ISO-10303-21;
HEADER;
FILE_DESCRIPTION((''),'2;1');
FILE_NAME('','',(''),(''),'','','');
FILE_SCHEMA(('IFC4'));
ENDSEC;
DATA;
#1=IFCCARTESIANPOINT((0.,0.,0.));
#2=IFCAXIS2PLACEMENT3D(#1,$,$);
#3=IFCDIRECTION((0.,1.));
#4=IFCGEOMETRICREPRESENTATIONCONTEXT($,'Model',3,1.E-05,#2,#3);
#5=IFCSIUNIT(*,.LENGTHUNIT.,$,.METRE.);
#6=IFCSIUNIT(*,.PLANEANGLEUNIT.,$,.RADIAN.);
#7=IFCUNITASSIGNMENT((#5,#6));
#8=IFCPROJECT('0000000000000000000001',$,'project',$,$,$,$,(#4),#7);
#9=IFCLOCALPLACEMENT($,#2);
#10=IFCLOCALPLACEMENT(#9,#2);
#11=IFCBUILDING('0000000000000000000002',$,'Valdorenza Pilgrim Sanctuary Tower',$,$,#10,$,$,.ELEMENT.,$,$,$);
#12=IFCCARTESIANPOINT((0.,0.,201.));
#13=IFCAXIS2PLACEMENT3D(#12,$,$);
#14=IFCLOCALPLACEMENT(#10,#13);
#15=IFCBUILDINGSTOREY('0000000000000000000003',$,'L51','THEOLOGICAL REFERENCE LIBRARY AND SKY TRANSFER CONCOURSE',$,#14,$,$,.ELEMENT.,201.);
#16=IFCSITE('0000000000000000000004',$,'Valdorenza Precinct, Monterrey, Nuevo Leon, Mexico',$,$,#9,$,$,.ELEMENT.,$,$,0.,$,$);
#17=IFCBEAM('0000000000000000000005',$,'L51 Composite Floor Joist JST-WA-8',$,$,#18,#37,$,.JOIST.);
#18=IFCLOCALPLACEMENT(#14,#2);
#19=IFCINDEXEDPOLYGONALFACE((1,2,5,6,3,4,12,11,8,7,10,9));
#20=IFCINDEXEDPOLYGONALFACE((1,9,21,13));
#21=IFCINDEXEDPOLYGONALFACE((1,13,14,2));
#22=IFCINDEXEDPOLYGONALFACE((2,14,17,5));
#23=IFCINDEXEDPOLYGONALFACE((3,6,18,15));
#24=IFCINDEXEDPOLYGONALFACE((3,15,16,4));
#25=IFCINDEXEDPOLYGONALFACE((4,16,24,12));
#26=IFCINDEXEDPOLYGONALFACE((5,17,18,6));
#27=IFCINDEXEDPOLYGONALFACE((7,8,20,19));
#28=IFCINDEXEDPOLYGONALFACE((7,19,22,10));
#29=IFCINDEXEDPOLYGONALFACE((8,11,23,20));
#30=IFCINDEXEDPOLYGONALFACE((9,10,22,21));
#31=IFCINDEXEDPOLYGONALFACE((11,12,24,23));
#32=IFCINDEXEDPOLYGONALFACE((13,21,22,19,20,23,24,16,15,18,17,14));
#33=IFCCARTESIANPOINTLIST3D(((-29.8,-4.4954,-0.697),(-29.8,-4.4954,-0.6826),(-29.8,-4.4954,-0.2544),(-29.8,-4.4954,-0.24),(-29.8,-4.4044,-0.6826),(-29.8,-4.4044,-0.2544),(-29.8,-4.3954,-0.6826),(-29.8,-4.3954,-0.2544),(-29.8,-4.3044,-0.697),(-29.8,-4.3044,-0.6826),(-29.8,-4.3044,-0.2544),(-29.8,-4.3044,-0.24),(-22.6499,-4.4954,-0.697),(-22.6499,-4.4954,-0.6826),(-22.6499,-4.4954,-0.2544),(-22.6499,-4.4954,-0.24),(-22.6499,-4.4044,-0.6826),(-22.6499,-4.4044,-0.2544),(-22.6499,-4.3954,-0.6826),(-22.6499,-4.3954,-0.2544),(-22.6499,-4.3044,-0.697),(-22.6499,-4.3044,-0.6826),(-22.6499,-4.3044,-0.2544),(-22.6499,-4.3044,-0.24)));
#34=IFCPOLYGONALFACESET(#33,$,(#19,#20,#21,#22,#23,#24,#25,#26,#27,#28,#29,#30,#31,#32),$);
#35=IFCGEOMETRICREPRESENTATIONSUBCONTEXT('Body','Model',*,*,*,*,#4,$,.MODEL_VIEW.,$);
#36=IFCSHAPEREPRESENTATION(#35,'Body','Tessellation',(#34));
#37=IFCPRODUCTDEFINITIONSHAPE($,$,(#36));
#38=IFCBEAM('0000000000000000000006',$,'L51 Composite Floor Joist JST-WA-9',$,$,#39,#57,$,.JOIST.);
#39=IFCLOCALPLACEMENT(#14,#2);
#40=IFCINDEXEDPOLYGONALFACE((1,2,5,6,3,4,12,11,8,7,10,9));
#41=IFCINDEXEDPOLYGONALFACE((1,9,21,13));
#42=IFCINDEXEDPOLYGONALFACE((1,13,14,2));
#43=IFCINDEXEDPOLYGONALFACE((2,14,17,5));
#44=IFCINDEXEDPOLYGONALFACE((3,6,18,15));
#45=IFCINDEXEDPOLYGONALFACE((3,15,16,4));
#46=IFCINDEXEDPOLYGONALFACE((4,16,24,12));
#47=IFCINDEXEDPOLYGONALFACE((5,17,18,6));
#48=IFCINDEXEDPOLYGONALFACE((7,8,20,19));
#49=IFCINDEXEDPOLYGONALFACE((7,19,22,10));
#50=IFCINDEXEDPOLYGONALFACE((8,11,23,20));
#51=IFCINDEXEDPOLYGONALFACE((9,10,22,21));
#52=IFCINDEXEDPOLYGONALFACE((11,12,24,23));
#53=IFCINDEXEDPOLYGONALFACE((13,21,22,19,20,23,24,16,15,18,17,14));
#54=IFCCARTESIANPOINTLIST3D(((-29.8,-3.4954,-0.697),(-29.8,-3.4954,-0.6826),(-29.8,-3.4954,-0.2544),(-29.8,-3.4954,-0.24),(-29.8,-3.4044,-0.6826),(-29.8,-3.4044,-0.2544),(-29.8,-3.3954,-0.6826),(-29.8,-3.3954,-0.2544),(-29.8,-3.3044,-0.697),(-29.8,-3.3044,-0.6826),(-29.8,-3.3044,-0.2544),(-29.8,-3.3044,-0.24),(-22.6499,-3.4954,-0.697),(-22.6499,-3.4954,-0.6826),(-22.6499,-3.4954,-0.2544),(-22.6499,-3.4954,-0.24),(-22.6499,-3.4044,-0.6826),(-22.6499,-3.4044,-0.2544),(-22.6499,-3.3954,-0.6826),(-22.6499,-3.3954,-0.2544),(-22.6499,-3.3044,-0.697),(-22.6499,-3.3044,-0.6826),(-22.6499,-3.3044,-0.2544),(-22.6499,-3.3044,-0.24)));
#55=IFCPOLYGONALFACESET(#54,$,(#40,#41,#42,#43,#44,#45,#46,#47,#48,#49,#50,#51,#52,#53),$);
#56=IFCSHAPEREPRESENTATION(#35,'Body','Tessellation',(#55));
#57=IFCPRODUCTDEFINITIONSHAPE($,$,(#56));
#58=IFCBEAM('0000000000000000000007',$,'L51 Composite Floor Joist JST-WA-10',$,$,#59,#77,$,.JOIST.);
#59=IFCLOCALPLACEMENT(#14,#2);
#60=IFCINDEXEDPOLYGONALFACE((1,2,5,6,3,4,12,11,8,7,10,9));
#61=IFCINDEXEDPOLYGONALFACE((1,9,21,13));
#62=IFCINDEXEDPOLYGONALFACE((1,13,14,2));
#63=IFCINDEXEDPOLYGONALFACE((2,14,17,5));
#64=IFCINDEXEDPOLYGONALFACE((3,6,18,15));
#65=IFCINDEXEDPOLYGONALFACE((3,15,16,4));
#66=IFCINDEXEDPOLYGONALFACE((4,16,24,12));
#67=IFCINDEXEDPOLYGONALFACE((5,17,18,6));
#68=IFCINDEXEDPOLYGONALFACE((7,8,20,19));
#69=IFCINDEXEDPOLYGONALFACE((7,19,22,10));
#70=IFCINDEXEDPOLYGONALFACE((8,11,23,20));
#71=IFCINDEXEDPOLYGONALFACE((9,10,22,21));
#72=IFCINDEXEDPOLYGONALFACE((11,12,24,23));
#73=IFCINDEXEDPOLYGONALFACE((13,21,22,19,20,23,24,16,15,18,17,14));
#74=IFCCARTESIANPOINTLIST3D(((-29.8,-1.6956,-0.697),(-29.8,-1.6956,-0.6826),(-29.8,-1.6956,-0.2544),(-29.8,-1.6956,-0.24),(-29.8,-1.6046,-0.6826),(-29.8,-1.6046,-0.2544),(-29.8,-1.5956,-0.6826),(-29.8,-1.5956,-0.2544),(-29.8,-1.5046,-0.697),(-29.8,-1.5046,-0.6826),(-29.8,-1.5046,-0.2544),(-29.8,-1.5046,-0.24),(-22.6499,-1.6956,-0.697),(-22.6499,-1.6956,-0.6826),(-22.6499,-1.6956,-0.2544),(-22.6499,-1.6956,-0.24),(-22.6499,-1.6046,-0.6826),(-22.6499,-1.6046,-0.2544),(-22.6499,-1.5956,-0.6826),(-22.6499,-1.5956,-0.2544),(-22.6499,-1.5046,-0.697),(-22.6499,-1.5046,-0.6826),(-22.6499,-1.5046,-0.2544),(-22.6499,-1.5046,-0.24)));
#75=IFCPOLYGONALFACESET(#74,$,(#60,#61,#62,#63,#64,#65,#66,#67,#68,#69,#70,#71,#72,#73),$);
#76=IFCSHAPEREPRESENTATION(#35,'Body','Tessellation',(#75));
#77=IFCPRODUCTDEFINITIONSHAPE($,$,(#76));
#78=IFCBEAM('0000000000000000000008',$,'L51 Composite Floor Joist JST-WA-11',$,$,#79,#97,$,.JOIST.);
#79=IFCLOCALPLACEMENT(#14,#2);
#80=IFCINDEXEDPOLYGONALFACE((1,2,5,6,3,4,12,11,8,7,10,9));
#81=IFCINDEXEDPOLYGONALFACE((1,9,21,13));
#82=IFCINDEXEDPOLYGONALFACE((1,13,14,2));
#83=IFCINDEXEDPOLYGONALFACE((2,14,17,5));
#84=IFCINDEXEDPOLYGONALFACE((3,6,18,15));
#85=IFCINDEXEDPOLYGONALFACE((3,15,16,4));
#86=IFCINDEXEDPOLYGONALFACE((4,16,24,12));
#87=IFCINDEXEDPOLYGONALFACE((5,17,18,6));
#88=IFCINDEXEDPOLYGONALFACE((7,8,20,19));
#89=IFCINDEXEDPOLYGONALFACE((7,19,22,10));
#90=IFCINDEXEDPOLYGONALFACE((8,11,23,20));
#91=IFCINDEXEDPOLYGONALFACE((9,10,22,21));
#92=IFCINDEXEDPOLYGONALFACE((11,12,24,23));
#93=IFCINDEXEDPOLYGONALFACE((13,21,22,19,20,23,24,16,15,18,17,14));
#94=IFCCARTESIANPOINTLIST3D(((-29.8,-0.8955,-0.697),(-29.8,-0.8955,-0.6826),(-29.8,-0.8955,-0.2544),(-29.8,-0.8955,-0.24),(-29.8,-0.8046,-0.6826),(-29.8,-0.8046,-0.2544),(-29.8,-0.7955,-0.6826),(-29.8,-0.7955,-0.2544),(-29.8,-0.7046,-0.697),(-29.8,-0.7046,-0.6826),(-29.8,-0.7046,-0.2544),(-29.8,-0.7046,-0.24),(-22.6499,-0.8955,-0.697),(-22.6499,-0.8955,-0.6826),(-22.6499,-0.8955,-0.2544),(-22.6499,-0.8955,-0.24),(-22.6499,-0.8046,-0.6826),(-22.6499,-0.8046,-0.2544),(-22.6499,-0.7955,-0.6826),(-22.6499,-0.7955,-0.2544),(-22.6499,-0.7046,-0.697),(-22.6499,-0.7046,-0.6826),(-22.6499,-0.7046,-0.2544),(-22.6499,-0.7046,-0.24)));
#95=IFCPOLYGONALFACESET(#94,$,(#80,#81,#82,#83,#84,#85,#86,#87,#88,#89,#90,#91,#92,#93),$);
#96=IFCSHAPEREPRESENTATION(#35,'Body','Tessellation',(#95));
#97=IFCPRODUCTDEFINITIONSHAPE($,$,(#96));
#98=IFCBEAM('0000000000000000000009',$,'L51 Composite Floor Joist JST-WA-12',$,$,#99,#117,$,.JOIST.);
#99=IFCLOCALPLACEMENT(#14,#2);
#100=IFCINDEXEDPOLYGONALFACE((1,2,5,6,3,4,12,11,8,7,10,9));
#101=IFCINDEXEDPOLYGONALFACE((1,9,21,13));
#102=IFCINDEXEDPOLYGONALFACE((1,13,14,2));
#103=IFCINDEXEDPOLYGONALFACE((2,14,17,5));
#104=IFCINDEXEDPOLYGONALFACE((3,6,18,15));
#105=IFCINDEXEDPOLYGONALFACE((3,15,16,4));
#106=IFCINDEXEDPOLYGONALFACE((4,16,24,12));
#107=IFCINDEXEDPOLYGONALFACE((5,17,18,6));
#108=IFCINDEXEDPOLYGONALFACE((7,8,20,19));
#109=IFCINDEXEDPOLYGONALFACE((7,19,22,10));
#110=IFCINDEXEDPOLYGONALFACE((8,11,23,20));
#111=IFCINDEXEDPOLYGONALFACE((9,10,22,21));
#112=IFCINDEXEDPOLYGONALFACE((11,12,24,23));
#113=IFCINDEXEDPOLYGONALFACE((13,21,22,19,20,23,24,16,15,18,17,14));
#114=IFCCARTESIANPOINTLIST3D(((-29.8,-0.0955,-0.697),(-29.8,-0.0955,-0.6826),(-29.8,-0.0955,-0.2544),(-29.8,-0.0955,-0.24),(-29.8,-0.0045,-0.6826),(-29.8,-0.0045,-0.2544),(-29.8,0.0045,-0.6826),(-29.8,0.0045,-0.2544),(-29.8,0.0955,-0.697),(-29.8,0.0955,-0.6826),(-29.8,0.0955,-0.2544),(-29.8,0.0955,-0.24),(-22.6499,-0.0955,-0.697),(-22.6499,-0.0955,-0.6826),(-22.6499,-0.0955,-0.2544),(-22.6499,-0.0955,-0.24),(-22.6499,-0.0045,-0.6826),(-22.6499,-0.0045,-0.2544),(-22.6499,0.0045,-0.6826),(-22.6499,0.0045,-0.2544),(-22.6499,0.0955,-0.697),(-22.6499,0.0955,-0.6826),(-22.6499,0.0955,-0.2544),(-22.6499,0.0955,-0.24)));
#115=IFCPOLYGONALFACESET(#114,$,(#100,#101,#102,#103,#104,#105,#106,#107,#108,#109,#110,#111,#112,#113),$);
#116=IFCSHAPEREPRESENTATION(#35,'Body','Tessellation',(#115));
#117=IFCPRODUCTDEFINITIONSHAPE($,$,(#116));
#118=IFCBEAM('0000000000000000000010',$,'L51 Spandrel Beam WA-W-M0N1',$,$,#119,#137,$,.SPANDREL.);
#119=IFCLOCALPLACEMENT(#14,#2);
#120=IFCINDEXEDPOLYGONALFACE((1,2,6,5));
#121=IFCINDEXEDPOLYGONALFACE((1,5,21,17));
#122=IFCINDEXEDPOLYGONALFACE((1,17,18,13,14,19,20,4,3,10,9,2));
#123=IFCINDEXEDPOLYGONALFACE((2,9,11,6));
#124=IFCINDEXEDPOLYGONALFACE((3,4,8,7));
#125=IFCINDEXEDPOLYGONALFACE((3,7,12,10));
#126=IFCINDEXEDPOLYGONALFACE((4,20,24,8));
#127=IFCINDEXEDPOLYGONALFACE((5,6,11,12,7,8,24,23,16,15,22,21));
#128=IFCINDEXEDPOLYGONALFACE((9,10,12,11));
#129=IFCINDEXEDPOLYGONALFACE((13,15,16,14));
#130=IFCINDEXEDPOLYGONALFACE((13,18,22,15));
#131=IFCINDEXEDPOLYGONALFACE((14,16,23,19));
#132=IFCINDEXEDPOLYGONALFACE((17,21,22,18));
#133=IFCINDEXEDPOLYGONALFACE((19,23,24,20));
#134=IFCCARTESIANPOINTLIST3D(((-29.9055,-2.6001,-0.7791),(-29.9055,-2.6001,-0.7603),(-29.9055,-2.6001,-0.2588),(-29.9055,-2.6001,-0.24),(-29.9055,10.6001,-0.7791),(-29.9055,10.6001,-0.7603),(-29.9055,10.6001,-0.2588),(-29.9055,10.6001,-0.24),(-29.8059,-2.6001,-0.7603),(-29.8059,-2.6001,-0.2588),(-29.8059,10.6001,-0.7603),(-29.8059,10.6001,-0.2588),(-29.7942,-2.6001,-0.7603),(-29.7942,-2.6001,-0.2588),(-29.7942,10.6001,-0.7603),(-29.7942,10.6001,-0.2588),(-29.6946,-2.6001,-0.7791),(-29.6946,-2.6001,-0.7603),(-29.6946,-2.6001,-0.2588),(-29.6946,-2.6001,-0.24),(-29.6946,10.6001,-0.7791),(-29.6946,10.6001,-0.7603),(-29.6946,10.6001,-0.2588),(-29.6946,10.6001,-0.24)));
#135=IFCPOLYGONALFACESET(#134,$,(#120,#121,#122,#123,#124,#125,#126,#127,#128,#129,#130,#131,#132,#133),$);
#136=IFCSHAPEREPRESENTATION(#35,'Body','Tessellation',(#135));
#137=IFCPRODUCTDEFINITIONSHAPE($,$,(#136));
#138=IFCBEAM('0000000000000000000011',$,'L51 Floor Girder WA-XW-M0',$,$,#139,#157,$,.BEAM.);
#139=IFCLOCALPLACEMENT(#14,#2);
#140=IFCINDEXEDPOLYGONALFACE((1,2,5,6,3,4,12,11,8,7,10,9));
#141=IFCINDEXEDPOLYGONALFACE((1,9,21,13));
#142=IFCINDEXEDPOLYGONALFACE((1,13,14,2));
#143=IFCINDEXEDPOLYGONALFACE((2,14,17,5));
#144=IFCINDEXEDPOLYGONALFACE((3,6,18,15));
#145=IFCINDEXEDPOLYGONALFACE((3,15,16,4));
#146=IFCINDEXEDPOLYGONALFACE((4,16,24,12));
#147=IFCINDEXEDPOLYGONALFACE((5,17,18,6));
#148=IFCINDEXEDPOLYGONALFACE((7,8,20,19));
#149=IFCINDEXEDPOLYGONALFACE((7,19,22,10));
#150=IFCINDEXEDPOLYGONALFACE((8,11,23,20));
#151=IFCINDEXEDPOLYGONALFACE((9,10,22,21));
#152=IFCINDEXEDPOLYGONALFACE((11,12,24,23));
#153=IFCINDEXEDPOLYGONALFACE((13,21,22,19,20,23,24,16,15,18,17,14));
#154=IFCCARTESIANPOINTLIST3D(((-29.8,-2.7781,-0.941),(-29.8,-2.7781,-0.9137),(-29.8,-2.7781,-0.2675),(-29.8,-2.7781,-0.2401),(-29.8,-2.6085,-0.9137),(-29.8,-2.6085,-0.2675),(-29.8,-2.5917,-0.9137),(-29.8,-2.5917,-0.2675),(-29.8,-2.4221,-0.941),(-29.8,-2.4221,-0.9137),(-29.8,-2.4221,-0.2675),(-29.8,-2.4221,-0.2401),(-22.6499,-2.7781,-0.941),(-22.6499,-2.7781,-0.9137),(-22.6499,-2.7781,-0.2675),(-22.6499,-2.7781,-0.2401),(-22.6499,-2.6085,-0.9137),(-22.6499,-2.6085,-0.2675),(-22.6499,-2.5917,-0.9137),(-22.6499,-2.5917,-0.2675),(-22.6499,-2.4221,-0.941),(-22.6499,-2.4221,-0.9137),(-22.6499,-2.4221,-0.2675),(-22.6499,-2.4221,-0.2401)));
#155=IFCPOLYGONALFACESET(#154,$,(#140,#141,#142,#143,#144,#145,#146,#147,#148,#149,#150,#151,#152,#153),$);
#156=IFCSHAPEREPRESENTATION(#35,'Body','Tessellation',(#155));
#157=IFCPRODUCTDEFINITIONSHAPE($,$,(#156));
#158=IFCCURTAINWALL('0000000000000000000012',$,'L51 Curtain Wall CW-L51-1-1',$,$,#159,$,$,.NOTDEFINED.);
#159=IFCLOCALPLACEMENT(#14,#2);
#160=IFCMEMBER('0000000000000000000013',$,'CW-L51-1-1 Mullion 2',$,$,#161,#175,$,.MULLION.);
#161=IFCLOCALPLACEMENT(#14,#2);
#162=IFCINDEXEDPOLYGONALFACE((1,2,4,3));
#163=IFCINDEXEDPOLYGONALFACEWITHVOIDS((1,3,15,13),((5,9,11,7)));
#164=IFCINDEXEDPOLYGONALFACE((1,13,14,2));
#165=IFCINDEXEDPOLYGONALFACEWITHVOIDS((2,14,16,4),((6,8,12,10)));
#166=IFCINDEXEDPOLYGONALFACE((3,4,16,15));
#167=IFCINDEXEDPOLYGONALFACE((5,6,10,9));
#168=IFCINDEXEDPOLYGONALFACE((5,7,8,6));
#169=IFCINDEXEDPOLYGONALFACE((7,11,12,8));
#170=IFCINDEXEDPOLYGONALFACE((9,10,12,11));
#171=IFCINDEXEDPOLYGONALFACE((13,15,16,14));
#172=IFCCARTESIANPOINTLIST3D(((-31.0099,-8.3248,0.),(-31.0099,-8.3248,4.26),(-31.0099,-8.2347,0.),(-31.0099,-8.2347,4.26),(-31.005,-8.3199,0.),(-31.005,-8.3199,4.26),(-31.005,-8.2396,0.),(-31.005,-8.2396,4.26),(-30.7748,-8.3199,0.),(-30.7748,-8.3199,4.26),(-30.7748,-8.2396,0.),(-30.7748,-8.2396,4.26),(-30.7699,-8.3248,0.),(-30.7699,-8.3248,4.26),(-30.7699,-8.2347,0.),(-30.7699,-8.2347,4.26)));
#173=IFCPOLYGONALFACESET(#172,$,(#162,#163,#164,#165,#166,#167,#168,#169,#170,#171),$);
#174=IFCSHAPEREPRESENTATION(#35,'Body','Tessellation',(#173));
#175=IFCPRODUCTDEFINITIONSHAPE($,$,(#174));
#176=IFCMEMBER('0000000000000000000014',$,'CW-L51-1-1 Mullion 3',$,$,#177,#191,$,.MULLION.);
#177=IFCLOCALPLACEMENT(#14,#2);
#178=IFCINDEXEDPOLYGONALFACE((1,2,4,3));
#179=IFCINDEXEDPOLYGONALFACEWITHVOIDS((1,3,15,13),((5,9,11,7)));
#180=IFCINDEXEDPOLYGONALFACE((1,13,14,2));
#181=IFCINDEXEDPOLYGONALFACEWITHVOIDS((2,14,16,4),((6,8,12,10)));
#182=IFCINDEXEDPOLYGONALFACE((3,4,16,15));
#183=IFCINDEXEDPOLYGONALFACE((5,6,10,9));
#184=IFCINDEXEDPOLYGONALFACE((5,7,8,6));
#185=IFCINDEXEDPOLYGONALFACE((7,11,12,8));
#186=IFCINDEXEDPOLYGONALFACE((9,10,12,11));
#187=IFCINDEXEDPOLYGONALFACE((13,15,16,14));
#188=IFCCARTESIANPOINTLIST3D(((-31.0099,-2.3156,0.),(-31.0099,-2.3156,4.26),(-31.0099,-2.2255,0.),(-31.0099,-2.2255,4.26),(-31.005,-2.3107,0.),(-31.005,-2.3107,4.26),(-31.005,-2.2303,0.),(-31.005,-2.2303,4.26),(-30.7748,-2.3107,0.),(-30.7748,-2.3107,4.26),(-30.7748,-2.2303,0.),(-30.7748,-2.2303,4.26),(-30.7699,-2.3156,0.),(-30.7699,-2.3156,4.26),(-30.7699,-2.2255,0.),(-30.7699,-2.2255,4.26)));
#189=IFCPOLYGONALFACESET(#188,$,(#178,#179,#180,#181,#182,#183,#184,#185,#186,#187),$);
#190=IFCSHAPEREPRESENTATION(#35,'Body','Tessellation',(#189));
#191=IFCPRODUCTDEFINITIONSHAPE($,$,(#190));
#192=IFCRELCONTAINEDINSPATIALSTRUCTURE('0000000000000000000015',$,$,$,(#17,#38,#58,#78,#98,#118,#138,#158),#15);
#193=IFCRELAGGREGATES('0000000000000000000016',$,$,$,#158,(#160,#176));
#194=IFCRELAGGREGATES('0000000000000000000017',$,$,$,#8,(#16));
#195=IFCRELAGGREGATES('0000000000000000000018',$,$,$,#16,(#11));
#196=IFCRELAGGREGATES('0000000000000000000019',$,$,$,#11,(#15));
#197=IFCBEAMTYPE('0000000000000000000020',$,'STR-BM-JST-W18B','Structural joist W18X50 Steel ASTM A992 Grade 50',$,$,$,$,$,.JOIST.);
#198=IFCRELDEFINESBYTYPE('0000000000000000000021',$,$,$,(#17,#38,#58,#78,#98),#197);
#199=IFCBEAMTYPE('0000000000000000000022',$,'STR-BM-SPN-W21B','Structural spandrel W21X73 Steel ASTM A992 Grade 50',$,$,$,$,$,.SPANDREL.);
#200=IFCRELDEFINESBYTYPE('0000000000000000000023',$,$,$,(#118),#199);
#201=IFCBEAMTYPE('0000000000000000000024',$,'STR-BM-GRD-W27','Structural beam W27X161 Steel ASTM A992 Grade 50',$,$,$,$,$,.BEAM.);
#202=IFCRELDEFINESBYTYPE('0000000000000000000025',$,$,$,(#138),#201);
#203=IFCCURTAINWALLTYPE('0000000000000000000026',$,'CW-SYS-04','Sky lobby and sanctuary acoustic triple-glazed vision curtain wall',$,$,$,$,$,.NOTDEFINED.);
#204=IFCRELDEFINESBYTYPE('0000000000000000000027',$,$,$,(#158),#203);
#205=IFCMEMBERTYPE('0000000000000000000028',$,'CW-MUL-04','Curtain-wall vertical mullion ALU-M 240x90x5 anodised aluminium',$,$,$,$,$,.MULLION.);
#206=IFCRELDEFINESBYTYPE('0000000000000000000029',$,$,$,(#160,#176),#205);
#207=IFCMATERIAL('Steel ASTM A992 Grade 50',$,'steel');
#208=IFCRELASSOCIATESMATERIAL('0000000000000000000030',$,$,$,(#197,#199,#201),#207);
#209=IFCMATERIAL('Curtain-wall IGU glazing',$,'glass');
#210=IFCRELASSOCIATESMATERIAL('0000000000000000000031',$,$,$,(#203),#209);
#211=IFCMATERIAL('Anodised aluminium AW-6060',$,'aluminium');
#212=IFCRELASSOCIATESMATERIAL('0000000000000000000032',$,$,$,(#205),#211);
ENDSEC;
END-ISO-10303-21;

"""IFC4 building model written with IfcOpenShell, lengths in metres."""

from ifc_helpers import new_model, si_unit, direction, frame, origin, origin_2d, place, context, subcontext, project, spatial, hollow_rectangle, i_section, extrude, source, transform, mapped, material, material_profile, profile_set, type_object, element, aggregate, save


model = new_model("IFC4")

# Units and contexts
model_context = context("Model", 3, precision=1e-05, world=origin(), true_north=direction((0.0, 1.0)))
body_context = subcontext(model_context, "Body", "Model", "MODEL_VIEW")
ifc_project = project(units=[si_unit("LENGTHUNIT", "METRE"), si_unit("PLANEANGLEUNIT", "RADIAN")], contexts=[model_context])

# Site, building, storey
site_placement = place(None, origin())
site = spatial("IfcSite", under=ifc_project, at=site_placement, Name="Valdorenza Precinct, Monterrey, Nuevo Leon, Mexico", CompositionType="ELEMENT", RefElevation=0.0)
building_placement = place(site_placement, origin())
building = spatial("IfcBuilding", under=site, at=building_placement, Name="Valdorenza Pilgrim Sanctuary Tower", CompositionType="ELEMENT")
storey_placement = place(building_placement, frame((0.0, 0.0, 201.0)))
storey = spatial("IfcBuildingStorey", under=building, at=storey_placement, Name="L51", Description="THEOLOGICAL REFERENCE LIBRARY AND SKY TRANSFER CONCOURSE", CompositionType="ELEMENT", Elevation=201.0)

# Beams
ifc_material_1 = material(Name="Steel ASTM A992 Grade 50", Category="steel")
ifc_material_profile_1 = material_profile(ifc_material_1, i_section(OverallWidth=0.1909, OverallDepth=0.457, WebThickness=0.009, FlangeThickness=0.0144, at=origin_2d()), Name="W18X50")
ifc_profile_set_1 = profile_set([ifc_material_profile_1], Name="Steel ASTM A992 Grade 50")
beam_type_1 = type_object("IfcBeamType", Name="STR-BM-JST-W18B", Description="Structural joist W18X50 Steel ASTM A992 Grade 50", PredefinedType="JOIST", material=ifc_profile_set_1)
shared_shape_1 = source(origin(), body_context, "Body", "SweptSolid", [
    extrude(i_section(OverallWidth=0.1909, OverallDepth=0.457, WebThickness=0.009, FlangeThickness=0.0144, at=origin_2d()), origin(), (0.0, 0.0, 1.0), 7.1501),
])
for number, where, z_axis, x_axis, name in (
    (1, (-29.8, -4.3999, -0.4685), (1.0, 0.0, 0.0), (0.0, 1.0, 0.0), "L51 Composite Floor Joist JST-WA-8"),
    (2, (-29.8, -3.3999, -0.4685), (1.0, 0.0, 0.0), (0.0, 1.0, 0.0), "L51 Composite Floor Joist JST-WA-9"),
    (3, (-29.8, -1.6001, -0.4685), (1.0, 0.0, 0.0), (0.0, 1.0, 0.0), "L51 Composite Floor Joist JST-WA-10"),
    (4, (-29.8, -0.8, -0.4685), (1.0, 0.0, 0.0), (0.0, 1.0, 0.0), "L51 Composite Floor Joist JST-WA-11"),
    (5, (-29.8, 0.0, -0.4685), (1.0, 0.0, 0.0), (0.0, 1.0, 0.0), "L51 Composite Floor Joist JST-WA-12"),
):
    element("IfcBeam", number, at=place(storey_placement, frame(where, z_axis=z_axis, x_axis=x_axis)), inside=storey, type_object=beam_type_1, Name=name, PredefinedType="JOIST", context=body_context, shape_type="MappedRepresentation", body=[
        mapped(shared_shape_1, transform((0.0, 0.0, 0.0), x_axis=(1.0, 0.0, 0.0), y_axis=(0.0, 1.0, 0.0), z_axis=(0.0, 0.0, 1.0), scale=1.0)),
    ])
ifc_material_profile_2 = material_profile(ifc_material_1, i_section(OverallWidth=0.2109, OverallDepth=0.5391, WebThickness=0.0117, FlangeThickness=0.0188, at=origin_2d()), Name="W21X73")
ifc_profile_set_2 = profile_set([ifc_material_profile_2], Name="Steel ASTM A992 Grade 50")
beam_type_2 = type_object("IfcBeamType", Name="STR-BM-SPN-W21B", Description="Structural spandrel W21X73 Steel ASTM A992 Grade 50", PredefinedType="SPANDREL", material=ifc_profile_set_2)
shared_shape_2 = source(origin(), body_context, "Body", "SweptSolid", [
    extrude(i_section(OverallWidth=0.2109, OverallDepth=0.5391, WebThickness=0.0117, FlangeThickness=0.0188, at=origin_2d()), origin(), (0.0, 0.0, 1.0), 13.2002),
])
beam_1_placement = place(storey_placement, frame((-29.8, -2.6001, -0.5095), z_axis=(0.0, 1.0, 0.0), x_axis=(-1.0, 0.0, 0.0)))
element("IfcBeam", 6, at=beam_1_placement, inside=storey, type_object=beam_type_2, Name="L51 Spandrel Beam WA-W-M0N1", PredefinedType="SPANDREL", context=body_context, shape_type="MappedRepresentation", body=[
    mapped(shared_shape_2, transform((0.0, 0.0, 0.0), x_axis=(1.0, 0.0, 0.0), y_axis=(0.0, 1.0, 0.0), z_axis=(0.0, 0.0, 1.0), scale=1.0)),
])
ifc_material_profile_3 = material_profile(ifc_material_1, i_section(OverallWidth=0.356, OverallDepth=0.7009, WebThickness=0.0168, FlangeThickness=0.0273, at=origin_2d()), Name="W27X161")
ifc_profile_set_3 = profile_set([ifc_material_profile_3], Name="Steel ASTM A992 Grade 50")
beam_type_3 = type_object("IfcBeamType", Name="STR-BM-GRD-W27", Description="Structural beam W27X161 Steel ASTM A992 Grade 50", PredefinedType="BEAM", material=ifc_profile_set_3)
shared_shape_3 = source(origin(), body_context, "Body", "SweptSolid", [
    extrude(i_section(OverallWidth=0.356, OverallDepth=0.7009, WebThickness=0.0168, FlangeThickness=0.0273, at=origin_2d()), origin(), (0.0, 0.0, 1.0), 7.1501),
])
beam_2_placement = place(storey_placement, frame((-29.8, -2.6001, -0.5906), z_axis=(1.0, 0.0, 0.0), x_axis=(0.0, 1.0, 0.0)))
element("IfcBeam", 7, at=beam_2_placement, inside=storey, type_object=beam_type_3, Name="L51 Floor Girder WA-XW-M0", PredefinedType="BEAM", context=body_context, shape_type="MappedRepresentation", body=[
    mapped(shared_shape_3, transform((0.0, 0.0, 0.0), x_axis=(1.0, 0.0, 0.0), y_axis=(0.0, 1.0, 0.0), z_axis=(0.0, 0.0, 1.0), scale=1.0)),
])

# Curtain wall, members
ifc_material_2 = material(Name="Curtain-wall IGU glazing", Category="glass")
curtain_wall_type = type_object("IfcCurtainWallType", Name="CW-SYS-04", Description="Sky lobby and sanctuary acoustic triple-glazed vision curtain wall", PredefinedType="NOTDEFINED", material=ifc_material_2)
curtain_wall_placement = place(storey_placement, origin())
curtain_wall = element("IfcCurtainWall", 8, at=curtain_wall_placement, inside=storey, type_object=curtain_wall_type, Name="L51 Curtain Wall CW-L51-1-1", PredefinedType="NOTDEFINED")
ifc_material_3 = material(Name="Anodised aluminium AW-6060", Category="aluminium")
ifc_material_profile_4 = material_profile(ifc_material_3, hollow_rectangle(XDim=0.0901, YDim=0.24, WallThickness=0.0049, at=origin_2d()), Name="ALU-M 240x90x5")
ifc_profile_set_4 = profile_set([ifc_material_profile_4], Name="Anodised aluminium AW-6060")
member_type = type_object("IfcMemberType", Name="CW-MUL-04", Description="Curtain-wall vertical mullion ALU-M 240x90x5 anodised aluminium", PredefinedType="MULLION", material=ifc_profile_set_4)
shared_shape_4 = source(origin(), body_context, "Body", "SweptSolid", [
    extrude(hollow_rectangle(XDim=0.0901, YDim=0.24, WallThickness=0.0049, at=origin_2d()), origin(), (0.0, 0.0, 1.0), 4.26),
])
member_1_placement = place(storey_placement, frame((-30.8899, -8.2798, 0.0), z_axis=(0.0, 0.0, 1.0), x_axis=(0.0, 1.0, 0.0)))
member_1 = element("IfcMember", 9, at=member_1_placement, type_object=member_type, Name="CW-L51-1-1 Mullion 2", PredefinedType="MULLION", context=body_context, shape_type="MappedRepresentation", body=[
    mapped(shared_shape_4, transform((0.0, 0.0, 0.0), x_axis=(1.0, 0.0, 0.0), y_axis=(0.0, 1.0, 0.0), z_axis=(0.0, 0.0, 1.0), scale=1.0)),
])
member_2_placement = place(storey_placement, frame((-30.8899, -2.2705, 0.0), z_axis=(0.0, 0.0, 1.0), x_axis=(0.0, 1.0, 0.0)))
member_2 = element("IfcMember", 10, at=member_2_placement, type_object=member_type, Name="CW-L51-1-1 Mullion 3", PredefinedType="MULLION", context=body_context, shape_type="MappedRepresentation", body=[
    mapped(shared_shape_4, transform((0.0, 0.0, 0.0), x_axis=(1.0, 0.0, 0.0), y_axis=(0.0, 1.0, 0.0), z_axis=(0.0, 0.0, 1.0), scale=1.0)),
])
aggregate(curtain_wall, [member_1, member_2])

save(model, "model.ifc")
